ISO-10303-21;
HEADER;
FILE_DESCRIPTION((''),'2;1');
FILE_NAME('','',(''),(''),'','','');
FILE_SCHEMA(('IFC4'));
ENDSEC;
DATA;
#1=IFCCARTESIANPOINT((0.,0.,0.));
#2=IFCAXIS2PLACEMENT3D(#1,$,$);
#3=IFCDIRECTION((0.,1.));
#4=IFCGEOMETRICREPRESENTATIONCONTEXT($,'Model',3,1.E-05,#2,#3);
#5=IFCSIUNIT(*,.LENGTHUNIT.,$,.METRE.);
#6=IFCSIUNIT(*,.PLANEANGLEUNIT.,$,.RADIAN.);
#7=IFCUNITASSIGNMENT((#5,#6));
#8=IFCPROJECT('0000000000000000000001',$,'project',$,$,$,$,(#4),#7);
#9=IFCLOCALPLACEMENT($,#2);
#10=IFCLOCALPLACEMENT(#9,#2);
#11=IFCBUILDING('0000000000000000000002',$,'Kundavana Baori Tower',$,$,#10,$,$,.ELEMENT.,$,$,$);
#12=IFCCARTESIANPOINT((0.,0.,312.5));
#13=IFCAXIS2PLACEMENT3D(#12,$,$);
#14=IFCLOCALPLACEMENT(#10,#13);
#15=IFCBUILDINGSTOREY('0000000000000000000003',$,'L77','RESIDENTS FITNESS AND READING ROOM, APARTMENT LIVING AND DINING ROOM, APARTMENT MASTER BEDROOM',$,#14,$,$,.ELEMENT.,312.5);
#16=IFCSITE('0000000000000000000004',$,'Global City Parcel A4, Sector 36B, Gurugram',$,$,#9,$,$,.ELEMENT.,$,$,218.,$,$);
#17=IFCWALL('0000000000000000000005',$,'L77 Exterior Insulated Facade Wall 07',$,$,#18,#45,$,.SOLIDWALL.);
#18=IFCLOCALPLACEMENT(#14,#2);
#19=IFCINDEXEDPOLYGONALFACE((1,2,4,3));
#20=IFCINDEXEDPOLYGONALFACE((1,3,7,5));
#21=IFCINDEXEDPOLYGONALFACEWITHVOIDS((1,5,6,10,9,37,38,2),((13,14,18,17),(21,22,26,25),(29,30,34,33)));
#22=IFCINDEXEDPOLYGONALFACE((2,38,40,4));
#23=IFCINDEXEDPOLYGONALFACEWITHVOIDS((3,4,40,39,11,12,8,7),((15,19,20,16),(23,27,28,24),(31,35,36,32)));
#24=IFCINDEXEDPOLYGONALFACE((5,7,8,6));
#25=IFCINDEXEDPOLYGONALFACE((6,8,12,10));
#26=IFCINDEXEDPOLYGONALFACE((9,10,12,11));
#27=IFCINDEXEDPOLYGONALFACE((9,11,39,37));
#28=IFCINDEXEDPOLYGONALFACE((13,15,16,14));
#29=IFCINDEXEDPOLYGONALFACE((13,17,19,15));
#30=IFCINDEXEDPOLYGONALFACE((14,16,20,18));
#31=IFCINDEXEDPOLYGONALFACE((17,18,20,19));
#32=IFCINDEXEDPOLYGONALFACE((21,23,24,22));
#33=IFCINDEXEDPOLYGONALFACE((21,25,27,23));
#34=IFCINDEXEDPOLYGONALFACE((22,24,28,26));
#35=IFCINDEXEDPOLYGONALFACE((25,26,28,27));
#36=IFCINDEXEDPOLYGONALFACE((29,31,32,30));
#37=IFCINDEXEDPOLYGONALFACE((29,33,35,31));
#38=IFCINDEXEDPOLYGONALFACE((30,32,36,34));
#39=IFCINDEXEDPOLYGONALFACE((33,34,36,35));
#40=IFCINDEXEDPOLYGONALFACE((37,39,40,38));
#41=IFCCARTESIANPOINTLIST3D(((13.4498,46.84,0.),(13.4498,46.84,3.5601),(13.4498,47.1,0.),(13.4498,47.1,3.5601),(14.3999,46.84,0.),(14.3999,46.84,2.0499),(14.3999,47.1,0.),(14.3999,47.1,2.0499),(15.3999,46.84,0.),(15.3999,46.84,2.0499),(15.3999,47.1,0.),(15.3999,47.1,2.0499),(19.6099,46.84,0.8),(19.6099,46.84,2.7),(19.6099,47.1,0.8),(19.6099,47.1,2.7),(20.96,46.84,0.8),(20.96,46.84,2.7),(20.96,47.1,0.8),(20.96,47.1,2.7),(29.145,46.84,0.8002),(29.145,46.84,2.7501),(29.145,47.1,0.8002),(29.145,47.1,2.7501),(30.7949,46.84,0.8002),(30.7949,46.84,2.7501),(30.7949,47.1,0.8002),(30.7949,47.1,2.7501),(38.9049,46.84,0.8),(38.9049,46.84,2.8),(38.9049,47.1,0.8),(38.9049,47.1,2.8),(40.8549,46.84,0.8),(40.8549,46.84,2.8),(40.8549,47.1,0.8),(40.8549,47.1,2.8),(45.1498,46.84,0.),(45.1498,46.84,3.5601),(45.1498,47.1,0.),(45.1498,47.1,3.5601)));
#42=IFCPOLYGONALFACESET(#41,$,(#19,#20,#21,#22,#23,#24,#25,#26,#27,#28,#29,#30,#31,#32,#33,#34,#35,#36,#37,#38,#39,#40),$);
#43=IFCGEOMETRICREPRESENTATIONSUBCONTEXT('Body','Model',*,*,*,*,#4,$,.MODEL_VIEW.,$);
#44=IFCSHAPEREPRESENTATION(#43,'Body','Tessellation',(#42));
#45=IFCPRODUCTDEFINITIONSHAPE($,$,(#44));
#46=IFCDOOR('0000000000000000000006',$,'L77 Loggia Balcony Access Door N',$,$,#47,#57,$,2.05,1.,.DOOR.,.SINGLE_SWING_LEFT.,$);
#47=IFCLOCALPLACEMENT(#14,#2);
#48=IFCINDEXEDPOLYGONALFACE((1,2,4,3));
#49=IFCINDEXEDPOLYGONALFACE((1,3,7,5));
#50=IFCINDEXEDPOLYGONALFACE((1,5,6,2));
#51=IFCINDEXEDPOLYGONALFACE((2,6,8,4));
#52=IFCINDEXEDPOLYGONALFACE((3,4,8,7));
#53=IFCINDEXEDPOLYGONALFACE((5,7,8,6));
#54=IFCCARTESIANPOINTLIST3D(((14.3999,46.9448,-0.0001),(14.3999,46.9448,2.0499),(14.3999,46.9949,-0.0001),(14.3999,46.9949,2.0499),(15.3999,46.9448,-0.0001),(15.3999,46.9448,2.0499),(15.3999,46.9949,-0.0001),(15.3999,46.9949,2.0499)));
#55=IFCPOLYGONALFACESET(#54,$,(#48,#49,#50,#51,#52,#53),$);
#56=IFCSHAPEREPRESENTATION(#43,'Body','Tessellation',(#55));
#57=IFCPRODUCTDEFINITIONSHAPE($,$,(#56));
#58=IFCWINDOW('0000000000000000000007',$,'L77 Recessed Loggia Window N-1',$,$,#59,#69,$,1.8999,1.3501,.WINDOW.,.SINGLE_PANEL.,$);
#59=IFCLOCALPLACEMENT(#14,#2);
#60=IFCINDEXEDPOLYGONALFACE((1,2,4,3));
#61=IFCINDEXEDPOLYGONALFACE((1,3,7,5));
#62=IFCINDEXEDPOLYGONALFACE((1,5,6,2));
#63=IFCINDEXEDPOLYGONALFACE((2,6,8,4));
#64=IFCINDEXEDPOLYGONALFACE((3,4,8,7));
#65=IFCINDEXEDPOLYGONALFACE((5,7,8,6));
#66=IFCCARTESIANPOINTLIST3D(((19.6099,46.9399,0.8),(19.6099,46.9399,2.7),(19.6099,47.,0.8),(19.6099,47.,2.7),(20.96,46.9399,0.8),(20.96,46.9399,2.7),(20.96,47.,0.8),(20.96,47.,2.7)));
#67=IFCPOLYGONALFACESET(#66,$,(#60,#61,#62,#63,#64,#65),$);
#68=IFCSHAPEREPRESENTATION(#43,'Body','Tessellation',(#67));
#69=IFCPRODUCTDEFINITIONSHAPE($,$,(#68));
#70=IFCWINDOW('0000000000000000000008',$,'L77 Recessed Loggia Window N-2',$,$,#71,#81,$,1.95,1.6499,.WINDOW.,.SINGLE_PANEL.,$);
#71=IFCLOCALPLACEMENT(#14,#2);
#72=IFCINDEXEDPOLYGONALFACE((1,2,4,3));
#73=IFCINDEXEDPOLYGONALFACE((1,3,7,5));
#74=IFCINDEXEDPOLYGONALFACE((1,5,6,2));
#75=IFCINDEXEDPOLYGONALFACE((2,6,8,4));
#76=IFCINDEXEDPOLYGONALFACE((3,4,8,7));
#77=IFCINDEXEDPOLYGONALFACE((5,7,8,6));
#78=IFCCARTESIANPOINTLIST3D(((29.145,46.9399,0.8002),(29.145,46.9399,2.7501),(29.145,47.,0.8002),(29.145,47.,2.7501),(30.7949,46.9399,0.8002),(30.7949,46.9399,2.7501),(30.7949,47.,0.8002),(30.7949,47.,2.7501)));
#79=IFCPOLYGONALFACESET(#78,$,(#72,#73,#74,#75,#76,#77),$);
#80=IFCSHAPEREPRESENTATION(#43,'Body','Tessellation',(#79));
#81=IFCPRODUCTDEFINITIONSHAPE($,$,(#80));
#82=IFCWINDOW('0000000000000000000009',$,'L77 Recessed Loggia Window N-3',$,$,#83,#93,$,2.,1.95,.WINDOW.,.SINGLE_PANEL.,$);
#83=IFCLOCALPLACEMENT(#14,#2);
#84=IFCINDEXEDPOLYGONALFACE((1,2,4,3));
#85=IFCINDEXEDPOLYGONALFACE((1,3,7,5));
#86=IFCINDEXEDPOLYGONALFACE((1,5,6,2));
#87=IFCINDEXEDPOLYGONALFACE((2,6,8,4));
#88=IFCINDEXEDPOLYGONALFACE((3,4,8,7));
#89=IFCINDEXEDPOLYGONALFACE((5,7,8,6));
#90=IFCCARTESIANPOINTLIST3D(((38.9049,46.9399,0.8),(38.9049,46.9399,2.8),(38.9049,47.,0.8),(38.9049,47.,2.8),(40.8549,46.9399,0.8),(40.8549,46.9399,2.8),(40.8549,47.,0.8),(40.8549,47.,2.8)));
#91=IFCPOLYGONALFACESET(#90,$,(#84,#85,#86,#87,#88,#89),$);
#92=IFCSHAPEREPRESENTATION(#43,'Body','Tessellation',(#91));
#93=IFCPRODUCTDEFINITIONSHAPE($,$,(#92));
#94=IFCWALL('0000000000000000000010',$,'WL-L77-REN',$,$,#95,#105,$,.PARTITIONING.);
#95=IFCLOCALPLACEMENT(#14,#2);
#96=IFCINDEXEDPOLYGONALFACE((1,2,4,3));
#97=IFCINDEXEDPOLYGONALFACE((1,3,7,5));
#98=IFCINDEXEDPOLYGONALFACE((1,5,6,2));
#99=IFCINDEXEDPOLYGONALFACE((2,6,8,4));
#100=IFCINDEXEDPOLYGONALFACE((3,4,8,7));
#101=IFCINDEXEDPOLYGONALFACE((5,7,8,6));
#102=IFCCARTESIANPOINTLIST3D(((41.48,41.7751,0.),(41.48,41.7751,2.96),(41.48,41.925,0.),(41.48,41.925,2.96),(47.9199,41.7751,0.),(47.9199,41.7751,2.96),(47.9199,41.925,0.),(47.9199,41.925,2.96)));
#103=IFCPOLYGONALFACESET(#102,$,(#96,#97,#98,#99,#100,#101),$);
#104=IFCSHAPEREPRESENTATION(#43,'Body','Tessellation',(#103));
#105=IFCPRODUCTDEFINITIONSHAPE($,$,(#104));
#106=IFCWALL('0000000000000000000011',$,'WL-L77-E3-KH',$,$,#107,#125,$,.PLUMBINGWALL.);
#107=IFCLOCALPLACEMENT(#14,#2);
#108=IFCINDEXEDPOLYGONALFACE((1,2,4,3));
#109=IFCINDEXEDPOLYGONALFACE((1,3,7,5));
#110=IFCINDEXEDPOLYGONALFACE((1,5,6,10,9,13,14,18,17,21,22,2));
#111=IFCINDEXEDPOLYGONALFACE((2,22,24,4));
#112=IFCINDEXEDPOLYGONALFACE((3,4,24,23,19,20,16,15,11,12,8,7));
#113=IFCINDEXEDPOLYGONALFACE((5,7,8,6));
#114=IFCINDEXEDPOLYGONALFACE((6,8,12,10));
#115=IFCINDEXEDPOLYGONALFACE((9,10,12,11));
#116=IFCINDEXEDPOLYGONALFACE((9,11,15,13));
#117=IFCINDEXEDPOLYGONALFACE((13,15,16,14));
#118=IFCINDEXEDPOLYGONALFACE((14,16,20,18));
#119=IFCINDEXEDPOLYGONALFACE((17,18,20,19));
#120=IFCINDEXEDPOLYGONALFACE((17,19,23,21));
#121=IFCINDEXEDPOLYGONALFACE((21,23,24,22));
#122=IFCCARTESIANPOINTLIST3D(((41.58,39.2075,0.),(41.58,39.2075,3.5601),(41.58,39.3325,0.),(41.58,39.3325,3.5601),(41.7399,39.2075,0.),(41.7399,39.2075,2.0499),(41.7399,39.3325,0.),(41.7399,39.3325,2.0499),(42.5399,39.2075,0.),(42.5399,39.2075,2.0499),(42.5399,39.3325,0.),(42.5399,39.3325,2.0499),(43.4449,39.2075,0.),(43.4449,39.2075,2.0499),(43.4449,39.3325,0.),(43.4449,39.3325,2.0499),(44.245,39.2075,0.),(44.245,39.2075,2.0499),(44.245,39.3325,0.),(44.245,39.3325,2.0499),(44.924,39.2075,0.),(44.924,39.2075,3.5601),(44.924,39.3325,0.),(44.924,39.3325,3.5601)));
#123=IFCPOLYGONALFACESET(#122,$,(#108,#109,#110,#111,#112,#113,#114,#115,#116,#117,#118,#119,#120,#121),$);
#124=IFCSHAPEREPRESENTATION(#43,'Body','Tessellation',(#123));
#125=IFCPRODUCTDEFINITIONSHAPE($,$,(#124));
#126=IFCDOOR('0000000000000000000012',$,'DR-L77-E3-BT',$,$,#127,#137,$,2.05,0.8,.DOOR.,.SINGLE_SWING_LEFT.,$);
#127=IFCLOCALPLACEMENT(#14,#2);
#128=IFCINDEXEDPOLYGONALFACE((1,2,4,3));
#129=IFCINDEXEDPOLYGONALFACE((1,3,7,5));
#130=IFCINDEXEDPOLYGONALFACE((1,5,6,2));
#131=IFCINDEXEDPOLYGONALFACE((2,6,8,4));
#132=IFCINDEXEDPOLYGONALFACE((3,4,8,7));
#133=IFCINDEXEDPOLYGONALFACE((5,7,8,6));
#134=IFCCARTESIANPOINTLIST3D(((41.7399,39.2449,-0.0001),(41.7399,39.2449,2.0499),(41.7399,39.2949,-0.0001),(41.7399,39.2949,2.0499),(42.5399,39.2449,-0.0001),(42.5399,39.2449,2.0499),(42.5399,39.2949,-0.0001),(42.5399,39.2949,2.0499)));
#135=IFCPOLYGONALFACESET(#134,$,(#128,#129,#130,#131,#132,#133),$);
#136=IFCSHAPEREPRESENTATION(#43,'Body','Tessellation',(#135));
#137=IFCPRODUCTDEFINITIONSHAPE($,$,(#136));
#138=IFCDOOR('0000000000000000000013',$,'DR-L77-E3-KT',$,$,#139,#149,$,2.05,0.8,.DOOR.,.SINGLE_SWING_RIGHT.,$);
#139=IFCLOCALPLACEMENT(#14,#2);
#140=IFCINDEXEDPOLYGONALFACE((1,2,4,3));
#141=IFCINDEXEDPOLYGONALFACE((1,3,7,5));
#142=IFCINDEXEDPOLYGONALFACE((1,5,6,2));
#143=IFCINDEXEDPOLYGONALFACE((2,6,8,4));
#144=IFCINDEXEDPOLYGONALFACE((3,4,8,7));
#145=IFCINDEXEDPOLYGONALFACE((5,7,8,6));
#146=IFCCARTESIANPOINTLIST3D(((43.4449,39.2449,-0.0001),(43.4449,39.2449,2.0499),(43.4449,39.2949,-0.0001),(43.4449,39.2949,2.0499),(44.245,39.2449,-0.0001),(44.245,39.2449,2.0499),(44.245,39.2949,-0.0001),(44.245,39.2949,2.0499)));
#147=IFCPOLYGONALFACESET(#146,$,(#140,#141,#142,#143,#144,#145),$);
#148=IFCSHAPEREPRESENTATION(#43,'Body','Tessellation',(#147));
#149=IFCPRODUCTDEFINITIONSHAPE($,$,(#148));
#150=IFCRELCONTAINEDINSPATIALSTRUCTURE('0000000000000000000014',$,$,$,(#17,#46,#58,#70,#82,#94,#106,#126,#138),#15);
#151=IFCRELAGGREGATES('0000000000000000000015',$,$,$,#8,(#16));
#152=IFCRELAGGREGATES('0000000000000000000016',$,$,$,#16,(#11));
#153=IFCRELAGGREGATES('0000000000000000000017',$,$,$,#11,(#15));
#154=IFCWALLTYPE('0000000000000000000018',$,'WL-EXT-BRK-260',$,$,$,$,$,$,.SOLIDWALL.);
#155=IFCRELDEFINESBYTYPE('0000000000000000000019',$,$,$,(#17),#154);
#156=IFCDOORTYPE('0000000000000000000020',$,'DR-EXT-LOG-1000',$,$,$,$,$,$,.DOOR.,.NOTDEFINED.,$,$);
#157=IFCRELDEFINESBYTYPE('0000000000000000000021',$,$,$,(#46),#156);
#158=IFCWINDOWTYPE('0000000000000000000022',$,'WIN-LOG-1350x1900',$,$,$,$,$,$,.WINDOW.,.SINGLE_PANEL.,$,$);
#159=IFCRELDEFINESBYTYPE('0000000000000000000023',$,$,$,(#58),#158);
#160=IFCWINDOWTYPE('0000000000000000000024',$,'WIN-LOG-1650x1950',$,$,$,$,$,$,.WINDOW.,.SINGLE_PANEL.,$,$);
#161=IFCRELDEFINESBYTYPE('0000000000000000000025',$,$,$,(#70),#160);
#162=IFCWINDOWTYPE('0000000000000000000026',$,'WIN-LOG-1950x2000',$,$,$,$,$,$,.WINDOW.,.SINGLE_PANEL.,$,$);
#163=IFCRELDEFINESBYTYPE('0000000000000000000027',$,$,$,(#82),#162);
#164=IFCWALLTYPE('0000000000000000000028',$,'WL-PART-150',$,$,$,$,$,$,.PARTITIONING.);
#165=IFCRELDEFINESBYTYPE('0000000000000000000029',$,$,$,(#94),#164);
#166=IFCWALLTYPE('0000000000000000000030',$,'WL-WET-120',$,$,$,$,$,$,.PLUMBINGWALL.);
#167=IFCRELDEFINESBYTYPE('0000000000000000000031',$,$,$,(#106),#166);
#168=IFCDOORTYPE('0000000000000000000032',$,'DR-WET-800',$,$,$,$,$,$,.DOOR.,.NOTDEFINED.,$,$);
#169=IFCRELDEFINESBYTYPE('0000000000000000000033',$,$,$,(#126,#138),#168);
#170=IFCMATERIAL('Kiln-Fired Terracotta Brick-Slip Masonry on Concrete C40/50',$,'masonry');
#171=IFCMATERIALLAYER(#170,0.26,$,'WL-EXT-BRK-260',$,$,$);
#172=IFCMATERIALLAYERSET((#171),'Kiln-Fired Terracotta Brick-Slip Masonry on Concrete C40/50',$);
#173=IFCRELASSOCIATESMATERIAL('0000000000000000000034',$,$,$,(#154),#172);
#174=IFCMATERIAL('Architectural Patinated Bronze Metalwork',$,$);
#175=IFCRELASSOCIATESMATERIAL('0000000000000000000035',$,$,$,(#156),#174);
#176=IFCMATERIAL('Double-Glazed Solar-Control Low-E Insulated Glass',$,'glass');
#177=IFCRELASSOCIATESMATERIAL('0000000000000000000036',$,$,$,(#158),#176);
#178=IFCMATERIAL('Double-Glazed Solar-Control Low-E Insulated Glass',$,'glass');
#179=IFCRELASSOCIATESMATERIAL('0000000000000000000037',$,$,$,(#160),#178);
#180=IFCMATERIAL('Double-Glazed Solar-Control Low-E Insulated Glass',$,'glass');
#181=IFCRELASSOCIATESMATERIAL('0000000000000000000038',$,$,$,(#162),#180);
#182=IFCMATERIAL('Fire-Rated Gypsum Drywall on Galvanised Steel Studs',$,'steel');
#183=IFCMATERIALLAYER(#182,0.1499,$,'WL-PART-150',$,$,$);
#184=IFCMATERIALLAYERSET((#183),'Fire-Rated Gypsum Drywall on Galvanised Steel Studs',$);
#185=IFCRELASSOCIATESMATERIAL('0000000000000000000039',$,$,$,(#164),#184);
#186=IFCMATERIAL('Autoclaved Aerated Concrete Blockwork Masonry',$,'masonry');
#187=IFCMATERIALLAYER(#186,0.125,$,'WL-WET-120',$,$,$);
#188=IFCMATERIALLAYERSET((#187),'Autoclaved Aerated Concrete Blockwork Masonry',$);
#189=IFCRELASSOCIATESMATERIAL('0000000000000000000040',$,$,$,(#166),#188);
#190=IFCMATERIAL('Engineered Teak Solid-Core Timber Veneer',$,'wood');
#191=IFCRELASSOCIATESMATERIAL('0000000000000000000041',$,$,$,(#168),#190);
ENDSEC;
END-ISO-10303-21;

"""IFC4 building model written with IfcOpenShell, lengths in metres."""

from ifc_helpers import new_model, si_unit, direction, frame, frame_2d, origin, place, context, subcontext, project, spatial, rectangle, extrude, material, layer, layer_set, type_object, element, fill, save


model = new_model("IFC4")

# Units and contexts
model_context = context("Model", 3, precision=1e-05, world=origin(), true_north=direction((0.0, 1.0)))
body_context = subcontext(model_context, "Body", "Model", "MODEL_VIEW")
ifc_project = project(units=[si_unit("LENGTHUNIT", "METRE"), si_unit("PLANEANGLEUNIT", "RADIAN")], contexts=[model_context])

# Site, building, storey
site_placement = place(None, origin())
site = spatial("IfcSite", under=ifc_project, at=site_placement, Name="Global City Parcel A4, Sector 36B, Gurugram", CompositionType="ELEMENT", RefElevation=218.0)
building_placement = place(site_placement, origin())
building = spatial("IfcBuilding", under=site, at=building_placement, Name="Kundavana Baori Tower", CompositionType="ELEMENT")
storey_placement = place(building_placement, frame((0.0, 0.0, 312.5)))
storey = spatial("IfcBuildingStorey", under=building, at=storey_placement, Name="L77", Description="RESIDENTS FITNESS AND READING ROOM, APARTMENT LIVING AND DINING ROOM, APARTMENT MASTER BEDROOM", CompositionType="ELEMENT", Elevation=312.5)

# Shared definitions
ifc_material_1 = material(Name="Kiln-Fired Terracotta Brick-Slip Masonry on Concrete C40/50", Category="masonry")
ifc_layer_1 = layer(ifc_material_1, 0.26, Name="WL-EXT-BRK-260")
ifc_layer_set_1 = layer_set([ifc_layer_1], Name="Kiln-Fired Terracotta Brick-Slip Masonry on Concrete C40/50")
wall_type_1 = type_object("IfcWallType", Name="WL-EXT-BRK-260", PredefinedType="SOLIDWALL", material=ifc_layer_set_1)

# Wall, openings, door, windows
wall_1_placement = place(storey_placement, frame((45.1499, 46.97, 0.0), z_axis=(0.0, 0.0, 1.0), x_axis=(-1.0, 0.0, 0.0)))
wall_1 = element("IfcWall", 1, at=wall_1_placement, inside=storey, type_object=wall_type_1, Name="L77 Exterior Insulated Facade Wall 07", PredefinedType="SOLIDWALL", context=body_context, shape_type="SweptSolid", body=[
    extrude(rectangle(XDim=31.7, YDim=0.26, at=frame_2d((15.8501, 0.0))), origin(), (0.0, 0.0, 1.0), 3.5601),
])
opening_1_placement = place(wall_1_placement, frame((29.75, 0.0, 0.0)))
opening_1 = element("IfcOpeningElement", 2, at=opening_1_placement, cuts=wall_1, PredefinedType="OPENING", context=body_context, shape_type="SweptSolid", body=[
    extrude(rectangle(XDim=1.0, YDim=2.05, at=frame_2d((0.5, 1.0249))), frame((0.0, 0.1401, 0.0), z_axis=(0.0, -1.0, 0.0), x_axis=(1.0, 0.0, 0.0)), (0.0, 0.0, 1.0), 0.28),
])
opening_2_placement = place(wall_1_placement, frame((24.1899, 0.0, 0.8)))
opening_2 = element("IfcOpeningElement", 3, at=opening_2_placement, cuts=wall_1, PredefinedType="OPENING", context=body_context, shape_type="SweptSolid", body=[
    extrude(rectangle(XDim=1.3501, YDim=1.8999, at=frame_2d((0.675, 0.95))), frame((0.0, 0.1401, 0.0), z_axis=(0.0, -1.0, 0.0), x_axis=(1.0, 0.0, 0.0)), (0.0, 0.0, 1.0), 0.28),
])
opening_3_placement = place(wall_1_placement, frame((14.355, 0.0, 0.8)))
opening_3 = element("IfcOpeningElement", 4, at=opening_3_placement, cuts=wall_1, PredefinedType="OPENING", context=body_context, shape_type="SweptSolid", body=[
    extrude(rectangle(XDim=1.6499, YDim=1.95, at=frame_2d((0.825, 0.9751))), frame((0.0, 0.1401, 0.0), z_axis=(0.0, -1.0, 0.0), x_axis=(1.0, 0.0, 0.0)), (0.0, 0.0, 1.0), 0.28),
])
opening_4_placement = place(wall_1_placement, frame((4.2949, 0.0, 0.8)))
opening_4 = element("IfcOpeningElement", 5, at=opening_4_placement, cuts=wall_1, PredefinedType="OPENING", context=body_context, shape_type="SweptSolid", body=[
    extrude(rectangle(XDim=1.95, YDim=2.0, at=frame_2d((0.9751, 1.0))), frame((0.0, 0.1401, 0.0), z_axis=(0.0, -1.0, 0.0), x_axis=(1.0, 0.0, 0.0)), (0.0, 0.0, 1.0), 0.28),
])
ifc_material_2 = material(Name="Architectural Patinated Bronze Metalwork")
door_type_1 = type_object("IfcDoorType", Name="DR-EXT-LOG-1000", OperationType="NOTDEFINED", PredefinedType="DOOR", material=ifc_material_2)
door_1_placement = place(opening_1_placement, frame((1.0, 0.0, 0.0), z_axis=(0.0, 0.0, 1.0), x_axis=(-1.0, 0.0, 0.0)))
door_1 = element("IfcDoor", 6, at=door_1_placement, inside=storey, type_object=door_type_1, Name="L77 Loggia Balcony Access Door N", OperationType="SINGLE_SWING_LEFT", OverallHeight=2.05, OverallWidth=1.0, PredefinedType="DOOR", context=body_context, shape_type="SweptSolid", body=[
    extrude(rectangle(XDim=1.0, YDim=2.05, at=frame_2d((0.5, 1.0249))), frame((0.0, 0.0249, 0.0), z_axis=(0.0, -1.0, 0.0), x_axis=(1.0, 0.0, 0.0)), (0.0, 0.0, 1.0), 0.05),
])
fill(opening_1, door_1)
ifc_material_3 = material(Name="Double-Glazed Solar-Control Low-E Insulated Glass", Category="glass")
window_type_1 = type_object("IfcWindowType", Name="WIN-LOG-1350x1900", PartitioningType="SINGLE_PANEL", PredefinedType="WINDOW", material=ifc_material_3)
window_1_placement = place(opening_2_placement, origin())
window_1 = element("IfcWindow", 7, at=window_1_placement, inside=storey, type_object=window_type_1, Name="L77 Recessed Loggia Window N-1", OverallHeight=1.8999, OverallWidth=1.3501, PartitioningType="SINGLE_PANEL", PredefinedType="WINDOW", context=body_context, shape_type="SweptSolid", body=[
    extrude(rectangle(XDim=1.3501, YDim=1.8999, at=frame_2d((0.675, 0.95))), frame((0.0, 0.03, 0.0), z_axis=(0.0, -1.0, 0.0), x_axis=(1.0, 0.0, 0.0)), (0.0, 0.0, 1.0), 0.0601),
])
fill(opening_2, window_1)
ifc_material_4 = material(Name="Double-Glazed Solar-Control Low-E Insulated Glass", Category="glass")
window_type_2 = type_object("IfcWindowType", Name="WIN-LOG-1650x1950", PartitioningType="SINGLE_PANEL", PredefinedType="WINDOW", material=ifc_material_4)
window_2_placement = place(opening_3_placement, origin())
window_2 = element("IfcWindow", 8, at=window_2_placement, inside=storey, type_object=window_type_2, Name="L77 Recessed Loggia Window N-2", OverallHeight=1.95, OverallWidth=1.6499, PartitioningType="SINGLE_PANEL", PredefinedType="WINDOW", context=body_context, shape_type="SweptSolid", body=[
    extrude(rectangle(XDim=1.6499, YDim=1.95, at=frame_2d((0.825, 0.9751))), frame((0.0, 0.03, 0.0), z_axis=(0.0, -1.0, 0.0), x_axis=(1.0, 0.0, 0.0)), (0.0, 0.0, 1.0), 0.0601),
])
fill(opening_3, window_2)
ifc_material_5 = material(Name="Double-Glazed Solar-Control Low-E Insulated Glass", Category="glass")
window_type_3 = type_object("IfcWindowType", Name="WIN-LOG-1950x2000", PartitioningType="SINGLE_PANEL", PredefinedType="WINDOW", material=ifc_material_5)
window_3_placement = place(opening_4_placement, origin())
window_3 = element("IfcWindow", 9, at=window_3_placement, inside=storey, type_object=window_type_3, Name="L77 Recessed Loggia Window N-3", OverallHeight=2.0, OverallWidth=1.95, PartitioningType="SINGLE_PANEL", PredefinedType="WINDOW", context=body_context, shape_type="SweptSolid", body=[
    extrude(rectangle(XDim=1.95, YDim=2.0, at=frame_2d((0.9751, 1.0))), frame((0.0, 0.03, 0.0), z_axis=(0.0, -1.0, 0.0), x_axis=(1.0, 0.0, 0.0)), (0.0, 0.0, 1.0), 0.0601),
])
fill(opening_4, window_3)

# Wall
ifc_material_6 = material(Name="Fire-Rated Gypsum Drywall on Galvanised Steel Studs", Category="steel")
ifc_layer_2 = layer(ifc_material_6, 0.1499, Name="WL-PART-150")
ifc_layer_set_2 = layer_set([ifc_layer_2], Name="Fire-Rated Gypsum Drywall on Galvanised Steel Studs")
wall_type_2 = type_object("IfcWallType", Name="WL-PART-150", PredefinedType="PARTITIONING", material=ifc_layer_set_2)
wall_2_placement = place(storey_placement, frame((41.48, 41.8501, 0.0), z_axis=(0.0, 0.0, 1.0), x_axis=(1.0, 0.0, 0.0)))
element("IfcWall", 10, at=wall_2_placement, inside=storey, type_object=wall_type_2, Name="WL-L77-REN", PredefinedType="PARTITIONING", context=body_context, shape_type="SweptSolid", body=[
    extrude(rectangle(XDim=6.4399, YDim=0.1499, at=frame_2d((3.22, 0.0))), origin(), (0.0, 0.0, 1.0), 2.96),
])

# Wall, openings, doors
ifc_material_7 = material(Name="Autoclaved Aerated Concrete Blockwork Masonry", Category="masonry")
ifc_layer_3 = layer(ifc_material_7, 0.125, Name="WL-WET-120")
ifc_layer_set_3 = layer_set([ifc_layer_3], Name="Autoclaved Aerated Concrete Blockwork Masonry")
wall_type_3 = type_object("IfcWallType", Name="WL-WET-120", PredefinedType="PLUMBINGWALL", material=ifc_layer_set_3)
wall_3_placement = place(storey_placement, frame((41.5801, 39.27, 0.0), z_axis=(0.0, 0.0, 1.0), x_axis=(1.0, 0.0, 0.0)))
wall_3 = element("IfcWall", 11, at=wall_3_placement, inside=storey, type_object=wall_type_3, Name="WL-L77-E3-KH", PredefinedType="PLUMBINGWALL", context=body_context, shape_type="SweptSolid", body=[
    extrude(rectangle(XDim=3.344, YDim=0.125, at=frame_2d((1.6719, 0.0))), origin(), (0.0, 0.0, 1.0), 3.5601),
])
opening_5_placement = place(wall_3_placement, frame((0.1599, 0.0, 0.0)))
opening_5 = element("IfcOpeningElement", 12, at=opening_5_placement, cuts=wall_3, PredefinedType="OPENING", context=body_context, shape_type="SweptSolid", body=[
    extrude(rectangle(XDim=0.8, YDim=2.05, at=frame_2d((0.3999, 1.0249))), frame((0.0, 0.0725, 0.0), z_axis=(0.0, -1.0, 0.0), x_axis=(1.0, 0.0, 0.0)), (0.0, 0.0, 1.0), 0.145),
])
opening_6_placement = place(wall_3_placement, frame((1.865, 0.0, 0.0)))
opening_6 = element("IfcOpeningElement", 13, at=opening_6_placement, cuts=wall_3, PredefinedType="OPENING", context=body_context, shape_type="SweptSolid", body=[
    extrude(rectangle(XDim=0.8, YDim=2.05, at=frame_2d((0.3999, 1.0249))), frame((0.0, 0.0725, 0.0), z_axis=(0.0, -1.0, 0.0), x_axis=(1.0, 0.0, 0.0)), (0.0, 0.0, 1.0), 0.145),
])
ifc_material_8 = material(Name="Engineered Teak Solid-Core Timber Veneer", Category="wood")
door_type_2 = type_object("IfcDoorType", Name="DR-WET-800", OperationType="NOTDEFINED", PredefinedType="DOOR", material=ifc_material_8)
door_2_placement = place(opening_5_placement, origin())
door_2 = element("IfcDoor", 14, at=door_2_placement, inside=storey, type_object=door_type_2, Name="DR-L77-E3-BT", OperationType="SINGLE_SWING_LEFT", OverallHeight=2.05, OverallWidth=0.8, PredefinedType="DOOR", context=body_context, shape_type="SweptSolid", body=[
    extrude(rectangle(XDim=0.8, YDim=2.05, at=frame_2d((0.3999, 1.0249))), frame((0.0, 0.0249, 0.0), z_axis=(0.0, -1.0, 0.0), x_axis=(1.0, 0.0, 0.0)), (0.0, 0.0, 1.0), 0.05),
])
fill(opening_5, door_2)
door_3_placement = place(opening_6_placement, origin())
door_3 = element("IfcDoor", 15, at=door_3_placement, inside=storey, type_object=door_type_2, Name="DR-L77-E3-KT", OperationType="SINGLE_SWING_RIGHT", OverallHeight=2.05, OverallWidth=0.8, PredefinedType="DOOR", context=body_context, shape_type="SweptSolid", body=[
    extrude(rectangle(XDim=0.8, YDim=2.05, at=frame_2d((0.3999, 1.0249))), frame((0.0, 0.0249, 0.0), z_axis=(0.0, -1.0, 0.0), x_axis=(1.0, 0.0, 0.0)), (0.0, 0.0, 1.0), 0.05),
])
fill(opening_6, door_3)

save(model, "model.ifc")
